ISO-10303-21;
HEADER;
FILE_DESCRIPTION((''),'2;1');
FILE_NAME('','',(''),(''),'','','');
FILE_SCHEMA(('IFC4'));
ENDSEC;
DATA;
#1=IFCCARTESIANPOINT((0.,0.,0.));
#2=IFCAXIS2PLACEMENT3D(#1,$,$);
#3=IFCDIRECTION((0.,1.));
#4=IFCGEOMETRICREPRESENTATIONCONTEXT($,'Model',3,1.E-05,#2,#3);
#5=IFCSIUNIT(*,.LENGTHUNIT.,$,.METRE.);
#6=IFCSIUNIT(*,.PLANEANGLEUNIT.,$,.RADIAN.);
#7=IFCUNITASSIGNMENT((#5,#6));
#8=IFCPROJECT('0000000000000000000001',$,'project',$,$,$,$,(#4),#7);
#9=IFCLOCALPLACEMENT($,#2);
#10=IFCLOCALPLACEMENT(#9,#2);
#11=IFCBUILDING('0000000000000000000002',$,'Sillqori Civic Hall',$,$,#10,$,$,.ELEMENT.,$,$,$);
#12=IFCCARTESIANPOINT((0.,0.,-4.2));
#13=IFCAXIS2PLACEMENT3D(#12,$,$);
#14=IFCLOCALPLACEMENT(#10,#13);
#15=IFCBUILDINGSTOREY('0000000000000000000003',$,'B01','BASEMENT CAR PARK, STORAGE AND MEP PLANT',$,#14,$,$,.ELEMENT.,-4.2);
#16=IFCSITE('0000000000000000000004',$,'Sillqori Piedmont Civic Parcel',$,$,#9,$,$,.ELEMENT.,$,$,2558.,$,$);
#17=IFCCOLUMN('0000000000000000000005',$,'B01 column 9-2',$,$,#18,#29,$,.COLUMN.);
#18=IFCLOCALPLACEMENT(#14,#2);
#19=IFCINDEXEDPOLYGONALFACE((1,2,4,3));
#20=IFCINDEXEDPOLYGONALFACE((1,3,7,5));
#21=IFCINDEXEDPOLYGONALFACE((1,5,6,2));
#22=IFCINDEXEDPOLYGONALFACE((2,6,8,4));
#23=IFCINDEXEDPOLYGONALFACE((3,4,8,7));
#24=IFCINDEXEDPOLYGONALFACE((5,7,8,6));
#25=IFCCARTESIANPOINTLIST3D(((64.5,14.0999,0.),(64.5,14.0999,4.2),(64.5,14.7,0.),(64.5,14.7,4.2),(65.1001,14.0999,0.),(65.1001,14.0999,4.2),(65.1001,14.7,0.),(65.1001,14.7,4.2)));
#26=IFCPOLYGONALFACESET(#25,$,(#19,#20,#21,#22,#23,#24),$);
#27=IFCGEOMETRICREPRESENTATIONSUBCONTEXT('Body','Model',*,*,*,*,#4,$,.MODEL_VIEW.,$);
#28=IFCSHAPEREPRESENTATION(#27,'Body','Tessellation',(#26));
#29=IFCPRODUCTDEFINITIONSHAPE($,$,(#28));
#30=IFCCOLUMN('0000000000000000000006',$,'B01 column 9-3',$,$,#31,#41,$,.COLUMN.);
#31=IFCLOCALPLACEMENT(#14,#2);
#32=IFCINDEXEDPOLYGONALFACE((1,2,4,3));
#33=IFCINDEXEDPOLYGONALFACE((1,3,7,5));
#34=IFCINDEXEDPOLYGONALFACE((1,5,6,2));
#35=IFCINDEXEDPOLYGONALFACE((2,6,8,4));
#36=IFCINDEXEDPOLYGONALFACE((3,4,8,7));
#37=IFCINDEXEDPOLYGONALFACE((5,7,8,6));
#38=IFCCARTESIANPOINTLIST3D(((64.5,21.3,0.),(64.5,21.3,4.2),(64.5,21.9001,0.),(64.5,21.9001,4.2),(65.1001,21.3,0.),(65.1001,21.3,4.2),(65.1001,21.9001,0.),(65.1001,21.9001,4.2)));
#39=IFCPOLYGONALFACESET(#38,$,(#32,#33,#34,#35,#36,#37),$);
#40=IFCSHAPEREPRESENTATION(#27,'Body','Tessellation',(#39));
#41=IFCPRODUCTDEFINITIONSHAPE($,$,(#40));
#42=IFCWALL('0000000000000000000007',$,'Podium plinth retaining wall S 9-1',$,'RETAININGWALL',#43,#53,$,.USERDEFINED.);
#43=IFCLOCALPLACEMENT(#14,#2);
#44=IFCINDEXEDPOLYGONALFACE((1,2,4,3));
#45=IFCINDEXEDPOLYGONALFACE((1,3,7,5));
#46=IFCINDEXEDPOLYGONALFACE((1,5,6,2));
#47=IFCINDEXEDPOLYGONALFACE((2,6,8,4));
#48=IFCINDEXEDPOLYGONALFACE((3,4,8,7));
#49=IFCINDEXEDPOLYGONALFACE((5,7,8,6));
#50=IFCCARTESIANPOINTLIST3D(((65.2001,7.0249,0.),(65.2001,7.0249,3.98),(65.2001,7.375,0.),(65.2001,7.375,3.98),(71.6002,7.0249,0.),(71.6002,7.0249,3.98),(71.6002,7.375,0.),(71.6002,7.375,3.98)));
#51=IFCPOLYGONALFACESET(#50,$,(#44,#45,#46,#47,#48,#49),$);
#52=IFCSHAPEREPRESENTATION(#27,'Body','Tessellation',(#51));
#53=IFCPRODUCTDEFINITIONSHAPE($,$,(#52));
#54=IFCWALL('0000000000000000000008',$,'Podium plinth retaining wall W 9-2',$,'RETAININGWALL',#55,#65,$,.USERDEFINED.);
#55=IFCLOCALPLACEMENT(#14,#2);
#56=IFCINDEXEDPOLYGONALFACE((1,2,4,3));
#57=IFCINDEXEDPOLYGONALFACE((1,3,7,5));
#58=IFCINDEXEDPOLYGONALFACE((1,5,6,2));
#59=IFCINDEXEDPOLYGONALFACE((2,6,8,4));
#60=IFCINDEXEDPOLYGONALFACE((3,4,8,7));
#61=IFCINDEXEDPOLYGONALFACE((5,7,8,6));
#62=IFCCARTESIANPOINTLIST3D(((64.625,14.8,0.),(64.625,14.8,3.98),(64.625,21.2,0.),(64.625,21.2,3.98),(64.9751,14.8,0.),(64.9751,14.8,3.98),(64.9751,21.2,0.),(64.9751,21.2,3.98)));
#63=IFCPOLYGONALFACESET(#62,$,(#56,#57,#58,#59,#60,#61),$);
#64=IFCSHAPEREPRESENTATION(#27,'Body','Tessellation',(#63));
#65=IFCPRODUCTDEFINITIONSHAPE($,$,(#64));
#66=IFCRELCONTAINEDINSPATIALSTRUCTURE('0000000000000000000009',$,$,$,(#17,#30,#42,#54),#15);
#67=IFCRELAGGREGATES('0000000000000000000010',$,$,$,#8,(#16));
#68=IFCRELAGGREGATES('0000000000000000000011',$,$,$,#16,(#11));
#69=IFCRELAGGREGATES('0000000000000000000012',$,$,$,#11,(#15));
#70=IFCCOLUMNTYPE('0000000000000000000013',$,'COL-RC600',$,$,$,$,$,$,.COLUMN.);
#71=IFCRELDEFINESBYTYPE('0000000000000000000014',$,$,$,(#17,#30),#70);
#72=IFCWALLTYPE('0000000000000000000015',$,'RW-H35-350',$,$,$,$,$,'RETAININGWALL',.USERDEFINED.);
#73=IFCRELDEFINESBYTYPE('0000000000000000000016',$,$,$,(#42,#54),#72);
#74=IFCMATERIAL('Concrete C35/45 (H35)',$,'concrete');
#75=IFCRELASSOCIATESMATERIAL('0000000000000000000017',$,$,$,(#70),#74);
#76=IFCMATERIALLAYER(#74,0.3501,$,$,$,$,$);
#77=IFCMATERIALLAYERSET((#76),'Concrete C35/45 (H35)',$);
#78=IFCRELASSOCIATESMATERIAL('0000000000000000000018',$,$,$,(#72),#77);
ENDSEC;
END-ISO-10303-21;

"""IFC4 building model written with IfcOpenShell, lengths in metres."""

from ifc_helpers import new_model, si_unit, direction, frame, frame_2d, origin, origin_2d, place, context, subcontext, project, spatial, rectangle, extrude, material, layer, layer_set, material_profile, profile_set, type_object, element, save


model = new_model("IFC4")

# Units and contexts
model_context = context("Model", 3, precision=1e-05, world=origin(), true_north=direction((0.0, 1.0)))
body_context = subcontext(model_context, "Body", "Model", "MODEL_VIEW")
ifc_project = project(units=[si_unit("LENGTHUNIT", "METRE"), si_unit("PLANEANGLEUNIT", "RADIAN")], contexts=[model_context])

# Site, building, storey
site_placement = place(None, origin())
site = spatial("IfcSite", under=ifc_project, at=site_placement, Name="Sillqori Piedmont Civic Parcel", CompositionType="ELEMENT", RefElevation=2558.0)
building_placement = place(site_placement, origin())
building = spatial("IfcBuilding", under=site, at=building_placement, Name="Sillqori Civic Hall", CompositionType="ELEMENT")
storey_placement = place(building_placement, frame((0.0, 0.0, -4.2)))
storey = spatial("IfcBuildingStorey", under=building, at=storey_placement, Name="B01", Description="BASEMENT CAR PARK, STORAGE AND MEP PLANT", CompositionType="ELEMENT", Elevation=-4.2)

# Shared definitions
ifc_material = material(Name="Concrete C35/45 (H35)", Category="concrete")

# Columns
ifc_material_profile_1 = material_profile(ifc_material, rectangle(XDim=0.6001, YDim=0.6001, at=origin_2d()), Name="RC 600x600")
ifc_profile_set_1 = profile_set([ifc_material_profile_1], Name="Concrete C35/45 (H35)")
column_type = type_object("IfcColumnType", Name="COL-RC600", PredefinedType="COLUMN", material=ifc_profile_set_1)
for number, where, z_axis, x_axis, name in (
    (1, (64.8, 14.3999, 0.0), (0.0, 0.0, 1.0), (1.0, 0.0, 0.0), "B01 column 9-2"),
    (2, (64.8, 21.6001, 0.0), (0.0, 0.0, 1.0), (1.0, 0.0, 0.0), "B01 column 9-3"),
):
    element("IfcColumn", number, at=place(storey_placement, frame(where, z_axis=z_axis, x_axis=x_axis)), inside=storey, type_object=column_type, Name=name, PredefinedType="COLUMN", context=body_context, shape_type="SweptSolid", body=[
        extrude(rectangle(XDim=0.6001, YDim=0.6001, at=origin_2d()), origin(), (0.0, 0.0, 1.0), 4.2),
    ])

# Walls
ifc_layer = layer(ifc_material, 0.3501)
ifc_layer_set = layer_set([ifc_layer], Name="Concrete C35/45 (H35)")
wall_type = type_object("IfcWallType", Name="RW-H35-350", ElementType="RETAININGWALL", PredefinedType="USERDEFINED", material=ifc_layer_set)
wall_1_placement = place(storey_placement, frame((65.2, 7.2, 0.0), z_axis=(0.0, 0.0, 1.0), x_axis=(1.0, 0.0, 0.0)))
element("IfcWall", 3, at=wall_1_placement, inside=storey, type_object=wall_type, Name="Podium plinth retaining wall S 9-1", ObjectType="RETAININGWALL", PredefinedType="USERDEFINED", context=body_context, shape_type="SweptSolid", body=[
    extrude(rectangle(XDim=6.4001, YDim=0.3501, at=frame_2d((3.2002, 0.0))), origin(), (0.0, 0.0, 1.0), 3.98),
])
wall_2_placement = place(storey_placement, frame((64.8, 14.8, 0.0), z_axis=(0.0, 0.0, 1.0), x_axis=(0.0, 1.0, 0.0)))
element("IfcWall", 4, at=wall_2_placement, inside=storey, type_object=wall_type, Name="Podium plinth retaining wall W 9-2", ObjectType="RETAININGWALL", PredefinedType="USERDEFINED", context=body_context, shape_type="SweptSolid", body=[
    extrude(rectangle(XDim=6.3999, YDim=0.3501, at=frame_2d((3.2, 0.0))), origin(), (0.0, 0.0, 1.0), 3.98),
])

save(model, "model.ifc")
